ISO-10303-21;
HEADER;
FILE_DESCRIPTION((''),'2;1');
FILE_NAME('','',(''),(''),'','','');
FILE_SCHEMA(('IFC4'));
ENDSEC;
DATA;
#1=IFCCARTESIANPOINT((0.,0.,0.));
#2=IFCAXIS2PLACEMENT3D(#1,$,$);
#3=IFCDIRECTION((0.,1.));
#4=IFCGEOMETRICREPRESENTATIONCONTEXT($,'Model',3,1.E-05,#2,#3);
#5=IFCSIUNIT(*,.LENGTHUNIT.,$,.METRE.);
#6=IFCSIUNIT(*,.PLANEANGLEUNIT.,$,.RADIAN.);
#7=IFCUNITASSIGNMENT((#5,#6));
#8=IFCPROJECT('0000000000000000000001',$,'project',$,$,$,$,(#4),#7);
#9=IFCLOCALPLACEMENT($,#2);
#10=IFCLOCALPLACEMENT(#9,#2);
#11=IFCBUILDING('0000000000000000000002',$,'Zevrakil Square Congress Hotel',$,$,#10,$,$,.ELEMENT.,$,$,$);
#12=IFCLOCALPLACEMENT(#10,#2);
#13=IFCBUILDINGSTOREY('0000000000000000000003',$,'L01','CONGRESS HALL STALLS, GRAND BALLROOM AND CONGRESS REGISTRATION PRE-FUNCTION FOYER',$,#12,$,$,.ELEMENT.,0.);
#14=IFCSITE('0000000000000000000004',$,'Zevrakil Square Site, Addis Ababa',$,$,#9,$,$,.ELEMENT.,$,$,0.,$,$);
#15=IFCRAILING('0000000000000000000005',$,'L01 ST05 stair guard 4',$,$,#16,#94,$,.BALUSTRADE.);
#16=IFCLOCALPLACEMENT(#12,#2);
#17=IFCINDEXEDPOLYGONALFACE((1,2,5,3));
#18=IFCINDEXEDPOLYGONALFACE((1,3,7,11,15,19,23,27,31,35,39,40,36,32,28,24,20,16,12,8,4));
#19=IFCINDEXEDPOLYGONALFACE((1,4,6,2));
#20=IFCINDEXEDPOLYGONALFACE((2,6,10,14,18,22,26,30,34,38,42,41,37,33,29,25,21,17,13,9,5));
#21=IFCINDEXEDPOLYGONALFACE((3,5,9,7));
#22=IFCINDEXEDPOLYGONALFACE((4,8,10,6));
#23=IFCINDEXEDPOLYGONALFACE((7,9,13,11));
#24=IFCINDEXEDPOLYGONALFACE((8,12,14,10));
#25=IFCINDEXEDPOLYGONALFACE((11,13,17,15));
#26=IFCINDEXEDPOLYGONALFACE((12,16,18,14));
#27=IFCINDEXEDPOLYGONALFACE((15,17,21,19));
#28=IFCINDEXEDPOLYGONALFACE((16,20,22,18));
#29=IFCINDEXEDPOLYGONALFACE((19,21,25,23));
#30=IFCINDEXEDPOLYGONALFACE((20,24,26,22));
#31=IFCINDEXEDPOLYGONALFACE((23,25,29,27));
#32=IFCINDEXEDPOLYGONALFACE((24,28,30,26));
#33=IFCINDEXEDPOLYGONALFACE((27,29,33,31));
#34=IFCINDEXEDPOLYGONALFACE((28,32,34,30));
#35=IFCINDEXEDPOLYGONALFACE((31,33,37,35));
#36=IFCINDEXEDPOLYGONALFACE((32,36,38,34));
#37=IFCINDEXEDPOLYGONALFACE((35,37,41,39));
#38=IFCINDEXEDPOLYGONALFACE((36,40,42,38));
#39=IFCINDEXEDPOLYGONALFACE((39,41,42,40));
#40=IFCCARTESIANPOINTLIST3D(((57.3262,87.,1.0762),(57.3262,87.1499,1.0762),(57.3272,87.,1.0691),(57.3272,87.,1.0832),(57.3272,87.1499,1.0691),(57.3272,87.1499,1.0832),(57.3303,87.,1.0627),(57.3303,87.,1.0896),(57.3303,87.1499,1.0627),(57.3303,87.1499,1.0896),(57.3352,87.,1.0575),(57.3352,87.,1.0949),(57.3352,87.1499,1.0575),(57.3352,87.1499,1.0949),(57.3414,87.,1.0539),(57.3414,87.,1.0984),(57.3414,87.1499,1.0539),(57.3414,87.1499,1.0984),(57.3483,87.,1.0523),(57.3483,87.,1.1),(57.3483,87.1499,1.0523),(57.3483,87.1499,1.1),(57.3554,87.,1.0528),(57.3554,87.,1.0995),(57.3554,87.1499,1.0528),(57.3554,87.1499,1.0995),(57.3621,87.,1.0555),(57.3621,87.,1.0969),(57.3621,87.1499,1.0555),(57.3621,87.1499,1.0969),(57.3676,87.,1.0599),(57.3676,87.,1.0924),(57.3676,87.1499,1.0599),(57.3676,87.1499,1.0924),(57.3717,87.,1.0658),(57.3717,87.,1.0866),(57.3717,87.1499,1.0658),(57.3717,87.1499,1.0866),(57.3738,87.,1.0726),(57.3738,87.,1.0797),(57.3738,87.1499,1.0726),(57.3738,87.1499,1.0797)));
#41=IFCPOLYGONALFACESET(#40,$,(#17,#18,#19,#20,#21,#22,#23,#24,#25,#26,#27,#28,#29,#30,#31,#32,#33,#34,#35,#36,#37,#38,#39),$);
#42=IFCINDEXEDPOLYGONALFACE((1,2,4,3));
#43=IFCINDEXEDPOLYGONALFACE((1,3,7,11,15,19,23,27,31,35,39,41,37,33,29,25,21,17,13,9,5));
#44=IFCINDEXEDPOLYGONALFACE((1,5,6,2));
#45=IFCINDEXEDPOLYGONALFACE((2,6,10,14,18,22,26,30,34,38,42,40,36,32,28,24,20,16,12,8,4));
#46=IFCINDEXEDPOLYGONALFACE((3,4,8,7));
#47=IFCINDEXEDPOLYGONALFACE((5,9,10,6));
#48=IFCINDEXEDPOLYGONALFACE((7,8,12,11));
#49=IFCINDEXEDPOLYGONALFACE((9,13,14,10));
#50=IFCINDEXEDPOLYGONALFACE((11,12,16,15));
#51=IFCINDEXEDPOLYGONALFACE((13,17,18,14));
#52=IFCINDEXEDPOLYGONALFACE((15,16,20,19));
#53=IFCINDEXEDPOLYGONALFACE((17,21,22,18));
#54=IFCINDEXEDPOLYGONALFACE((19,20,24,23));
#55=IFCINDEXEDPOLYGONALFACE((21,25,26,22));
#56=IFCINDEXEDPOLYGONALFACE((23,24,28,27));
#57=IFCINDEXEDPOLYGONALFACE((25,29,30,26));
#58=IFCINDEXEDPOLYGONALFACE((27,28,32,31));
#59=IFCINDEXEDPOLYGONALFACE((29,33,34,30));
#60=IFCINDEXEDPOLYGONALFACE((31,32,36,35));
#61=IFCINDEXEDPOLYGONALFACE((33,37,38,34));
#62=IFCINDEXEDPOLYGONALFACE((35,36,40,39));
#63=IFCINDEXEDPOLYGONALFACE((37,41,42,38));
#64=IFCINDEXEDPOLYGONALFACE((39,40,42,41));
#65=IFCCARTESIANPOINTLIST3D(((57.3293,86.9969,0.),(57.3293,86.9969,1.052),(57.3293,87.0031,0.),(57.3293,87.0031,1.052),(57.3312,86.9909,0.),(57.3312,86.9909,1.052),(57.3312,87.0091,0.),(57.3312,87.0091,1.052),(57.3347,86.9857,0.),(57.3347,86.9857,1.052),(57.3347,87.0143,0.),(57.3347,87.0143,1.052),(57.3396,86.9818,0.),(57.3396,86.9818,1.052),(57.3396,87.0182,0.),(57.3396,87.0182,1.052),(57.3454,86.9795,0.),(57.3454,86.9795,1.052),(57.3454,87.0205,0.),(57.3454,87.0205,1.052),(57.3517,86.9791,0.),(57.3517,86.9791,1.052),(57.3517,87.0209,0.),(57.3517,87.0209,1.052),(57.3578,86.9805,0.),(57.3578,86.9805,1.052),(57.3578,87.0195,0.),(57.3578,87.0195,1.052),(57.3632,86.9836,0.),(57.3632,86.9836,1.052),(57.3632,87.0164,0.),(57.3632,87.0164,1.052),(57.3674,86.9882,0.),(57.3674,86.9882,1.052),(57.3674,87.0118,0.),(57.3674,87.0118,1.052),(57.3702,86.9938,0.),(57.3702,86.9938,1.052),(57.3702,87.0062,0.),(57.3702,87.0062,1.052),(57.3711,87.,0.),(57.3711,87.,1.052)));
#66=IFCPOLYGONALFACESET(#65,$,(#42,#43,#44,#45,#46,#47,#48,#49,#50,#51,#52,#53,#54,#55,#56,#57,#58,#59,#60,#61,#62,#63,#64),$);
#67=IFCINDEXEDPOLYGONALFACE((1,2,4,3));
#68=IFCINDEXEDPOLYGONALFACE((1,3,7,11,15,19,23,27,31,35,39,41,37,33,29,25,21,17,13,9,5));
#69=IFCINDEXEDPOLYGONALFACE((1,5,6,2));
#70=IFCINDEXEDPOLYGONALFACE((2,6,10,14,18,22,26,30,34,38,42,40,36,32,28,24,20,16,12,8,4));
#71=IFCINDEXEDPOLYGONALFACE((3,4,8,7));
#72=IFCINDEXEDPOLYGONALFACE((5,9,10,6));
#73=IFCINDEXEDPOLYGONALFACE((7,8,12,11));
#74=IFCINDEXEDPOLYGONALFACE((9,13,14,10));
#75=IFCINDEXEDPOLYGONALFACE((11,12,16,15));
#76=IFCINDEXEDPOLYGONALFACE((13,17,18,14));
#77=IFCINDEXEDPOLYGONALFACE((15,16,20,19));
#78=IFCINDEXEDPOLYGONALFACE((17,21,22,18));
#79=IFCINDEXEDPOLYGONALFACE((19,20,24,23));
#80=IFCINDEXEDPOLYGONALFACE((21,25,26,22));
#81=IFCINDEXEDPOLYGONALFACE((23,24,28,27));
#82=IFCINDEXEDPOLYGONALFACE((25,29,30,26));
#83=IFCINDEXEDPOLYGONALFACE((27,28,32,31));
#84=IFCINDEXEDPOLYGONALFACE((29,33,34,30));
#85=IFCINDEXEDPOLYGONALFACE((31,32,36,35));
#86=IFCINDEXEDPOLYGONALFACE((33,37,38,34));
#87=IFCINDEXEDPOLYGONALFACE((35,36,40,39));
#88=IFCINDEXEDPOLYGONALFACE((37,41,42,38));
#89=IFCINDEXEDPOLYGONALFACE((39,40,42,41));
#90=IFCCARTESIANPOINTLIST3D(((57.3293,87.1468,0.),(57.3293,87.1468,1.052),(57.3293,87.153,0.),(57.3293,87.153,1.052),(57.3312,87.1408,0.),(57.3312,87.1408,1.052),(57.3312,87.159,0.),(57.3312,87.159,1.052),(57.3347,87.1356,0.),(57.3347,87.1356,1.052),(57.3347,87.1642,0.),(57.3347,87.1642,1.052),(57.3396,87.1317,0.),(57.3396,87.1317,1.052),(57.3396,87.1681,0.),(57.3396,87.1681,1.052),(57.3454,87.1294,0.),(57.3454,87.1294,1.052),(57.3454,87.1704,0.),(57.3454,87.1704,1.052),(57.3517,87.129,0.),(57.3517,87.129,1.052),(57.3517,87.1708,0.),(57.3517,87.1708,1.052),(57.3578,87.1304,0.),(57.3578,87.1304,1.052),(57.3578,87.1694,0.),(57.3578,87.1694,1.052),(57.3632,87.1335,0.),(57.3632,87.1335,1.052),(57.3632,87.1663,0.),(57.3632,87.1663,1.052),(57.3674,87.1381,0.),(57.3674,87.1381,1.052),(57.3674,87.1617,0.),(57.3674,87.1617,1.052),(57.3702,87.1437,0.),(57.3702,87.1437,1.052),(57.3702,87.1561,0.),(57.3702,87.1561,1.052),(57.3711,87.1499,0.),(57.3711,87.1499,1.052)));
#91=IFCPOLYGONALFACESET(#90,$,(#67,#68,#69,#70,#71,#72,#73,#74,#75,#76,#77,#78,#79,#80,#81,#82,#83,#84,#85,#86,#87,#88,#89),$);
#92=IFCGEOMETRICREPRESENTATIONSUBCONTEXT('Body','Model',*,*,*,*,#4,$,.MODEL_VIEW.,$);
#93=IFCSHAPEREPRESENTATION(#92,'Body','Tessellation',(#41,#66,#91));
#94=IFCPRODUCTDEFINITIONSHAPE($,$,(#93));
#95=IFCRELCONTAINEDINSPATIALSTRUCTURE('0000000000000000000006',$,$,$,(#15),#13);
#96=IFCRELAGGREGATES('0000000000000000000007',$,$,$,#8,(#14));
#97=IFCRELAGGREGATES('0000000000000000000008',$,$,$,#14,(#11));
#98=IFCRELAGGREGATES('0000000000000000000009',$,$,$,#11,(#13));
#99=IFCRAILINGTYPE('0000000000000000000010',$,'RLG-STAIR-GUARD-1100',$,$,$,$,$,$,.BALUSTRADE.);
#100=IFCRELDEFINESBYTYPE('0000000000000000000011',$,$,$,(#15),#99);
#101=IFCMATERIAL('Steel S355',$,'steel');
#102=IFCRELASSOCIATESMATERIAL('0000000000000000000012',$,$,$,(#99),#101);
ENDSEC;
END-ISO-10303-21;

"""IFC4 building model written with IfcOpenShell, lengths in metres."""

from ifc_helpers import new_model, si_unit, direction, frame, origin, origin_2d, place, context, subcontext, project, spatial, circle, extrude, material, type_object, element, save


model = new_model("IFC4")

# Units and contexts
model_context = context("Model", 3, precision=1e-05, world=origin(), true_north=direction((0.0, 1.0)))
body_context = subcontext(model_context, "Body", "Model", "MODEL_VIEW")
ifc_project = project(units=[si_unit("LENGTHUNIT", "METRE"), si_unit("PLANEANGLEUNIT", "RADIAN")], contexts=[model_context])

# Site, building, storey
site_placement = place(None, origin())
site = spatial("IfcSite", under=ifc_project, at=site_placement, Name="Zevrakil Square Site, Addis Ababa", CompositionType="ELEMENT", RefElevation=0.0)
building_placement = place(site_placement, origin())
building = spatial("IfcBuilding", under=site, at=building_placement, Name="Zevrakil Square Congress Hotel", CompositionType="ELEMENT")
storey_placement = place(building_placement, origin())
storey = spatial("IfcBuildingStorey", under=building, at=storey_placement, Name="L01", Description="CONGRESS HALL STALLS, GRAND BALLROOM AND CONGRESS REGISTRATION PRE-FUNCTION FOYER", CompositionType="ELEMENT", Elevation=0.0)

# Railing
ifc_material_1 = material(Name="Steel S355", Category="steel")
railing_type_1 = type_object("IfcRailingType", Name="RLG-STAIR-GUARD-1100", PredefinedType="BALUSTRADE", material=ifc_material_1)
railing_1_placement = place(storey_placement, frame((57.3501, 87.0, 0.0)))
element("IfcRailing", 1, at=railing_1_placement, inside=storey, type_object=railing_type_1, Name="L01 ST05 stair guard 4", PredefinedType="BALUSTRADE", context=body_context, shape_type="SweptSolid", body=[
    extrude(circle(Radius=0.0239, at=origin_2d()), frame((0.0, 0.0, 1.0762), z_axis=(0.0, 1.0, 0.0), x_axis=(-1.0, 0.0, 0.0)), (0.0, 0.0, 1.0), 0.1499),
    extrude(circle(Radius=0.021, at=origin_2d()), origin(), (0.0, 0.0, 1.0), 1.052),
    extrude(circle(Radius=0.021, at=origin_2d()), frame((0.0, 0.1499, 0.0)), (0.0, 0.0, 1.0), 1.052),
])

save(model, "model.ifc")
